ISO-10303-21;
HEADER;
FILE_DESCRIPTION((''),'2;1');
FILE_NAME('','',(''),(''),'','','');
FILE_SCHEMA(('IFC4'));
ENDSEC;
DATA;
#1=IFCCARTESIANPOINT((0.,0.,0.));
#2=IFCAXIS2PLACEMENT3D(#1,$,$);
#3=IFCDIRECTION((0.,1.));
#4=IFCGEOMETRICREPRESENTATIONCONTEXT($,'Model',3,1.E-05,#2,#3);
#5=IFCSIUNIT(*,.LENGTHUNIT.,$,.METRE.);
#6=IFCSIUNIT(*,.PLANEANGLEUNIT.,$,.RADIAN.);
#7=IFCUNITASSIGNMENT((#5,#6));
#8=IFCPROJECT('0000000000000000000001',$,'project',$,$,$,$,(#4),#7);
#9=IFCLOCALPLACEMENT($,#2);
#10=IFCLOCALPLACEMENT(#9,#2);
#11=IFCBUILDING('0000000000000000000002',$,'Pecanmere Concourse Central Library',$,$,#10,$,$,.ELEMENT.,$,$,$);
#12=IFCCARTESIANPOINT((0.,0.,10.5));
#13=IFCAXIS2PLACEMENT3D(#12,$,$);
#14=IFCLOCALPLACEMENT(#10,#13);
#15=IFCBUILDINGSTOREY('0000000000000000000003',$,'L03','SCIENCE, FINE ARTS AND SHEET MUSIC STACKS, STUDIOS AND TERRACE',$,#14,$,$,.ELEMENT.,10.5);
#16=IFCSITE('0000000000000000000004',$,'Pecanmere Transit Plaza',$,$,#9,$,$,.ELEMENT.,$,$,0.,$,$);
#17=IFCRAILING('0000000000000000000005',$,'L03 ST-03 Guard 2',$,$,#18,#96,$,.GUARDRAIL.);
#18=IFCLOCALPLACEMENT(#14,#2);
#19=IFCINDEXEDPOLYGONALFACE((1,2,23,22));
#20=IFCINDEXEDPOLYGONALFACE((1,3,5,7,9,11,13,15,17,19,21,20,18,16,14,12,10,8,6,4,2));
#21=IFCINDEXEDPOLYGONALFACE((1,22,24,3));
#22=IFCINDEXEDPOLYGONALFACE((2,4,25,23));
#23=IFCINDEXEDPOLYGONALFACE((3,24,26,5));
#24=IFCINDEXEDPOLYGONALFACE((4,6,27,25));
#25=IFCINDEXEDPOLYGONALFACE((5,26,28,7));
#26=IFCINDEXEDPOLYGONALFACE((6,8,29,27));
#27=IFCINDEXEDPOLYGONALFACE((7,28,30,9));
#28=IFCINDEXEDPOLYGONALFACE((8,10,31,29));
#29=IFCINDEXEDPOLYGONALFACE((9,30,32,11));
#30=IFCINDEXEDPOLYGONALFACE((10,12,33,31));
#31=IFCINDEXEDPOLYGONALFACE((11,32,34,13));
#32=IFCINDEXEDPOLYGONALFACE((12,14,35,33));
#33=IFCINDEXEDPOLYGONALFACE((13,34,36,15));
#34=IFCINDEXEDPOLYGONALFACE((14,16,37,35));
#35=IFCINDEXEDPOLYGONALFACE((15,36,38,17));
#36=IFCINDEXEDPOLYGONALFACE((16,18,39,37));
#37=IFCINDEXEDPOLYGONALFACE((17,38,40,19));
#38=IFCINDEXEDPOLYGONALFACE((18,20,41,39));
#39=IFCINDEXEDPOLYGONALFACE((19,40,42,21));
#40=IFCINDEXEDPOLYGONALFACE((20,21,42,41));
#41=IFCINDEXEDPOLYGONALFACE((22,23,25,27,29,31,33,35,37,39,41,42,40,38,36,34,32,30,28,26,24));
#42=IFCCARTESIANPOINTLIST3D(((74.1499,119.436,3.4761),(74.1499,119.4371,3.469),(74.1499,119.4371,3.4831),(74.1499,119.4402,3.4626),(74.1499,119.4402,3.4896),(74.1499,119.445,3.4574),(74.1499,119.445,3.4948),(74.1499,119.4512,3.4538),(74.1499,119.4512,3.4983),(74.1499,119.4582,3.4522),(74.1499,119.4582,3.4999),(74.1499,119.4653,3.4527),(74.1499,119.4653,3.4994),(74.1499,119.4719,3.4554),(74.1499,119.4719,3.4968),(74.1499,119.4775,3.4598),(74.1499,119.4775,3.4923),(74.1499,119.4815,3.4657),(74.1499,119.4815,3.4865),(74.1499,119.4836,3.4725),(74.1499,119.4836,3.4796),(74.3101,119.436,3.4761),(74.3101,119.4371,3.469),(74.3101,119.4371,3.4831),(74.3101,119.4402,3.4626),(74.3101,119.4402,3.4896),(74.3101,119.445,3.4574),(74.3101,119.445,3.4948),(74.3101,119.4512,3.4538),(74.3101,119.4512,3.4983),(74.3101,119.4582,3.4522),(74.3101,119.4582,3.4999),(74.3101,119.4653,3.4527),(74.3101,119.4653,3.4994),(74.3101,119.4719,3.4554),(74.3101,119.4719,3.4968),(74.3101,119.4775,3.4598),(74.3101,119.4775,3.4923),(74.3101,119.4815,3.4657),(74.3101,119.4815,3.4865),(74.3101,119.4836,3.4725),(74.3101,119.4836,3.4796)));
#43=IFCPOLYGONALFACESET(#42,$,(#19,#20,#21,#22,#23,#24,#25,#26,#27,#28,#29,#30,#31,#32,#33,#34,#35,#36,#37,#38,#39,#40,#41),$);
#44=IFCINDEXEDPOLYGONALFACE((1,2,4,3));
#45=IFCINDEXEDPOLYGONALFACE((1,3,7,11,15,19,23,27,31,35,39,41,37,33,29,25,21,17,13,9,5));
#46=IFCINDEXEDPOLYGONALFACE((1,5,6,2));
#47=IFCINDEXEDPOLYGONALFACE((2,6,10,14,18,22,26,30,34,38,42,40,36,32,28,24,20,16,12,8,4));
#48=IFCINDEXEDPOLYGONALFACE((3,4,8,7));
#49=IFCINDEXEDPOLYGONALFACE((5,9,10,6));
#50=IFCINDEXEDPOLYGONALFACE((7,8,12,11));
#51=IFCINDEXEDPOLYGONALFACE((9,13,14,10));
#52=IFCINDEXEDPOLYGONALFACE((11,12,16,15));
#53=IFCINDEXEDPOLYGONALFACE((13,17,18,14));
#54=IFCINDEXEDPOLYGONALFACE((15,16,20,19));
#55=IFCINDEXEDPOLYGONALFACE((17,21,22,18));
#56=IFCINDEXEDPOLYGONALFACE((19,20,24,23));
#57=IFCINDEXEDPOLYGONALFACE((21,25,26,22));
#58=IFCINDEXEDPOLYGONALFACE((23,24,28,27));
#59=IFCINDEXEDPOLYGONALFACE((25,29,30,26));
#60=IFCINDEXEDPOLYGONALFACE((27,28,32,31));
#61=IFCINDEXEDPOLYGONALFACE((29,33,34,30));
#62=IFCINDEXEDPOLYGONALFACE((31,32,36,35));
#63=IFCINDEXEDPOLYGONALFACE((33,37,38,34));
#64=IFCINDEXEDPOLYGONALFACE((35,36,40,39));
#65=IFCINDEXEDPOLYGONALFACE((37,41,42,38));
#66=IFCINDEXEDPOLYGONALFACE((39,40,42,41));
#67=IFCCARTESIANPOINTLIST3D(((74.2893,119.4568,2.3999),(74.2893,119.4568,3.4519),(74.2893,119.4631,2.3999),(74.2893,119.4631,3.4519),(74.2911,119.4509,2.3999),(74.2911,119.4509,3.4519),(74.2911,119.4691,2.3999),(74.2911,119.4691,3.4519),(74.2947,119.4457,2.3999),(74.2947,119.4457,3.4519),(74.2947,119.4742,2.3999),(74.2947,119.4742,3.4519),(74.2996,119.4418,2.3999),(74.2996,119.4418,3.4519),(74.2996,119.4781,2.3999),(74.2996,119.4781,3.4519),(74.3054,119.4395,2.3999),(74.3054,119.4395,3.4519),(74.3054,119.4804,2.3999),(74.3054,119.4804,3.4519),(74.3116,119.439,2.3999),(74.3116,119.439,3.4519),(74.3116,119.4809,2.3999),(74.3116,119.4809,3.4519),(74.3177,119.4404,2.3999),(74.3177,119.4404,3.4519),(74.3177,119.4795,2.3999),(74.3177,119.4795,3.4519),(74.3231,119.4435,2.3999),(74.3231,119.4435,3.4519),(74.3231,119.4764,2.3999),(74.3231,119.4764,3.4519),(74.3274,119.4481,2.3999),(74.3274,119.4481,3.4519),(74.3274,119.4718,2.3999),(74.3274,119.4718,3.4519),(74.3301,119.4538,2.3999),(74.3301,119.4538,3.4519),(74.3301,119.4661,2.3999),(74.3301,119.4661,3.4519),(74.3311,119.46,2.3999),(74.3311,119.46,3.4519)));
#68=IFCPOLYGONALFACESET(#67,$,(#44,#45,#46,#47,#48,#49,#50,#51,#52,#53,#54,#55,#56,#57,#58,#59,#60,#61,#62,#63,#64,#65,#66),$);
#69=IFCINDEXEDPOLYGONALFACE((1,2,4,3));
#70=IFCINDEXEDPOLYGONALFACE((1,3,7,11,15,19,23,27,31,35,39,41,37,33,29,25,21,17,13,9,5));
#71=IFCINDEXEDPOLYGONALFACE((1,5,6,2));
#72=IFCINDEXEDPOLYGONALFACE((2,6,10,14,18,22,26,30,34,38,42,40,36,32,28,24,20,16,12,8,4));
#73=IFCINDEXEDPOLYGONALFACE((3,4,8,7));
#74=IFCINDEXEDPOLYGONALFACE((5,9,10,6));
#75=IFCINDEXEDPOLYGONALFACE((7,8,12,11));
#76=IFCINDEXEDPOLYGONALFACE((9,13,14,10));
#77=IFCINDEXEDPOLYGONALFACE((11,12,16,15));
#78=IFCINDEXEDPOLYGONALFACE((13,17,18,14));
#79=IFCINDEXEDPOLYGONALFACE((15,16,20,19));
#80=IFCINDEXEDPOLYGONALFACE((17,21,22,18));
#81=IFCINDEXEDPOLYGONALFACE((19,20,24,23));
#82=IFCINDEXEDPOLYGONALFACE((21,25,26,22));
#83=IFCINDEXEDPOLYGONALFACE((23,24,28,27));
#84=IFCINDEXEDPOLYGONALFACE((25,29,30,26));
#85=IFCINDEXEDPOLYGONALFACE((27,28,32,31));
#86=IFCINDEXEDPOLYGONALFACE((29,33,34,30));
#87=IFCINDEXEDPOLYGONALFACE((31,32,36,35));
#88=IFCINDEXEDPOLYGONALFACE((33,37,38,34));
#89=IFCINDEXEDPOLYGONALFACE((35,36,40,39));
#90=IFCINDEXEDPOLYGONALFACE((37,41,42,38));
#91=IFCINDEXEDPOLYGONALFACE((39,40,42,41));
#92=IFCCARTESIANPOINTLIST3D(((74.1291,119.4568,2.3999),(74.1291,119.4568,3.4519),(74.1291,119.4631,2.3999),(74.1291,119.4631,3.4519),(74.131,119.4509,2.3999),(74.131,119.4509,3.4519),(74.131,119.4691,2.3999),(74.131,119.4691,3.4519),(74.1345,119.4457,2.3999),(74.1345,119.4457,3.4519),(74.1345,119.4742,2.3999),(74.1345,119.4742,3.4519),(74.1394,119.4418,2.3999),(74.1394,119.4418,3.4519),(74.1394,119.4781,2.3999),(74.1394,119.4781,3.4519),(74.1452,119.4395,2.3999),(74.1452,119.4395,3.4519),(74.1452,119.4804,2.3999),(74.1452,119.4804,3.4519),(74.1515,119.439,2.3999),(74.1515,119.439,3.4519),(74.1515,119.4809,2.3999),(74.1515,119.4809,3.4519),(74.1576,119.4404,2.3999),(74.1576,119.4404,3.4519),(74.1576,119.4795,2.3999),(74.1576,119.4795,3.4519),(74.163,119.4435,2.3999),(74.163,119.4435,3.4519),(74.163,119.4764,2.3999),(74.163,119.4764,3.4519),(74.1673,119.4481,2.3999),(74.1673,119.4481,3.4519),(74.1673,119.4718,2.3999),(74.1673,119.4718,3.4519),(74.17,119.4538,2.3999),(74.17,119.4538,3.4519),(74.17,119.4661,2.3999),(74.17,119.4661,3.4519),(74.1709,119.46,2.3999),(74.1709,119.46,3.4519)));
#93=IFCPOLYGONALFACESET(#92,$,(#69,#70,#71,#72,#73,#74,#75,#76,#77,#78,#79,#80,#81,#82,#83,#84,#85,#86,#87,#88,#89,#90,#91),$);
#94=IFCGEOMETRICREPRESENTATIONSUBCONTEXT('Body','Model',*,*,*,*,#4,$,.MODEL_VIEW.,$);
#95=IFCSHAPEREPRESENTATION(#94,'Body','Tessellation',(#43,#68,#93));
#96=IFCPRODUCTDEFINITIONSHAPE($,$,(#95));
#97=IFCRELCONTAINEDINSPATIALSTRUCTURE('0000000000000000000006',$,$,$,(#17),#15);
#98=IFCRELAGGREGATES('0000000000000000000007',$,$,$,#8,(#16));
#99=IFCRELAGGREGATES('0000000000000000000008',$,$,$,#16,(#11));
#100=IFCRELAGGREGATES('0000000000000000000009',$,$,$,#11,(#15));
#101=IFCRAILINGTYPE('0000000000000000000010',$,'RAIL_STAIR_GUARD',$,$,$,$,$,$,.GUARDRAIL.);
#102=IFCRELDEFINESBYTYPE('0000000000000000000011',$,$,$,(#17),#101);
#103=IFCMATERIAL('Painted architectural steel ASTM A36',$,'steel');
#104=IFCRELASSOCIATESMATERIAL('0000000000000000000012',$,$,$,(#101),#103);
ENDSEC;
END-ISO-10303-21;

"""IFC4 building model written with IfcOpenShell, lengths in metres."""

from ifc_helpers import new_model, si_unit, direction, frame, origin, origin_2d, place, context, subcontext, project, spatial, circle, extrude, material, type_object, element, save


model = new_model("IFC4")

# Units and contexts
model_context = context("Model", 3, precision=1e-05, world=origin(), true_north=direction((0.0, 1.0)))
body_context = subcontext(model_context, "Body", "Model", "MODEL_VIEW")
ifc_project = project(units=[si_unit("LENGTHUNIT", "METRE"), si_unit("PLANEANGLEUNIT", "RADIAN")], contexts=[model_context])

# Site, building, storey
site_placement = place(None, origin())
site = spatial("IfcSite", under=ifc_project, at=site_placement, Name="Pecanmere Transit Plaza", CompositionType="ELEMENT", RefElevation=0.0)
building_placement = place(site_placement, origin())
building = spatial("IfcBuilding", under=site, at=building_placement, Name="Pecanmere Concourse Central Library", CompositionType="ELEMENT")
storey_placement = place(building_placement, frame((0.0, 0.0, 10.5)))
storey = spatial("IfcBuildingStorey", under=building, at=storey_placement, Name="L03", Description="SCIENCE, FINE ARTS AND SHEET MUSIC STACKS, STUDIOS AND TERRACE", CompositionType="ELEMENT", Elevation=10.5)

# Railing
ifc_material_1 = material(Name="Painted architectural steel ASTM A36", Category="steel")
railing_type_1 = type_object("IfcRailingType", Name="RAIL_STAIR_GUARD", PredefinedType="GUARDRAIL", material=ifc_material_1)
railing_1_placement = place(storey_placement, frame((74.3101, 119.46, 2.3999)))
element("IfcRailing", 1, at=railing_1_placement, inside=storey, type_object=railing_type_1, Name="L03 ST-03 Guard 2", PredefinedType="GUARDRAIL", context=body_context, shape_type="SweptSolid", body=[
    extrude(circle(Radius=0.0239, at=origin_2d()), frame((0.0, 0.0, 1.0762), z_axis=(-1.0, 0.0, 0.0), x_axis=(0.0, -1.0, 0.0)), (0.0, 0.0, 1.0), 0.1602),
    extrude(circle(Radius=0.021, at=origin_2d()), origin(), (0.0, 0.0, 1.0), 1.052),
    extrude(circle(Radius=0.021, at=origin_2d()), frame((-0.1602, 0.0, 0.0)), (0.0, 0.0, 1.0), 1.052),
])

save(model, "model.ifc")
